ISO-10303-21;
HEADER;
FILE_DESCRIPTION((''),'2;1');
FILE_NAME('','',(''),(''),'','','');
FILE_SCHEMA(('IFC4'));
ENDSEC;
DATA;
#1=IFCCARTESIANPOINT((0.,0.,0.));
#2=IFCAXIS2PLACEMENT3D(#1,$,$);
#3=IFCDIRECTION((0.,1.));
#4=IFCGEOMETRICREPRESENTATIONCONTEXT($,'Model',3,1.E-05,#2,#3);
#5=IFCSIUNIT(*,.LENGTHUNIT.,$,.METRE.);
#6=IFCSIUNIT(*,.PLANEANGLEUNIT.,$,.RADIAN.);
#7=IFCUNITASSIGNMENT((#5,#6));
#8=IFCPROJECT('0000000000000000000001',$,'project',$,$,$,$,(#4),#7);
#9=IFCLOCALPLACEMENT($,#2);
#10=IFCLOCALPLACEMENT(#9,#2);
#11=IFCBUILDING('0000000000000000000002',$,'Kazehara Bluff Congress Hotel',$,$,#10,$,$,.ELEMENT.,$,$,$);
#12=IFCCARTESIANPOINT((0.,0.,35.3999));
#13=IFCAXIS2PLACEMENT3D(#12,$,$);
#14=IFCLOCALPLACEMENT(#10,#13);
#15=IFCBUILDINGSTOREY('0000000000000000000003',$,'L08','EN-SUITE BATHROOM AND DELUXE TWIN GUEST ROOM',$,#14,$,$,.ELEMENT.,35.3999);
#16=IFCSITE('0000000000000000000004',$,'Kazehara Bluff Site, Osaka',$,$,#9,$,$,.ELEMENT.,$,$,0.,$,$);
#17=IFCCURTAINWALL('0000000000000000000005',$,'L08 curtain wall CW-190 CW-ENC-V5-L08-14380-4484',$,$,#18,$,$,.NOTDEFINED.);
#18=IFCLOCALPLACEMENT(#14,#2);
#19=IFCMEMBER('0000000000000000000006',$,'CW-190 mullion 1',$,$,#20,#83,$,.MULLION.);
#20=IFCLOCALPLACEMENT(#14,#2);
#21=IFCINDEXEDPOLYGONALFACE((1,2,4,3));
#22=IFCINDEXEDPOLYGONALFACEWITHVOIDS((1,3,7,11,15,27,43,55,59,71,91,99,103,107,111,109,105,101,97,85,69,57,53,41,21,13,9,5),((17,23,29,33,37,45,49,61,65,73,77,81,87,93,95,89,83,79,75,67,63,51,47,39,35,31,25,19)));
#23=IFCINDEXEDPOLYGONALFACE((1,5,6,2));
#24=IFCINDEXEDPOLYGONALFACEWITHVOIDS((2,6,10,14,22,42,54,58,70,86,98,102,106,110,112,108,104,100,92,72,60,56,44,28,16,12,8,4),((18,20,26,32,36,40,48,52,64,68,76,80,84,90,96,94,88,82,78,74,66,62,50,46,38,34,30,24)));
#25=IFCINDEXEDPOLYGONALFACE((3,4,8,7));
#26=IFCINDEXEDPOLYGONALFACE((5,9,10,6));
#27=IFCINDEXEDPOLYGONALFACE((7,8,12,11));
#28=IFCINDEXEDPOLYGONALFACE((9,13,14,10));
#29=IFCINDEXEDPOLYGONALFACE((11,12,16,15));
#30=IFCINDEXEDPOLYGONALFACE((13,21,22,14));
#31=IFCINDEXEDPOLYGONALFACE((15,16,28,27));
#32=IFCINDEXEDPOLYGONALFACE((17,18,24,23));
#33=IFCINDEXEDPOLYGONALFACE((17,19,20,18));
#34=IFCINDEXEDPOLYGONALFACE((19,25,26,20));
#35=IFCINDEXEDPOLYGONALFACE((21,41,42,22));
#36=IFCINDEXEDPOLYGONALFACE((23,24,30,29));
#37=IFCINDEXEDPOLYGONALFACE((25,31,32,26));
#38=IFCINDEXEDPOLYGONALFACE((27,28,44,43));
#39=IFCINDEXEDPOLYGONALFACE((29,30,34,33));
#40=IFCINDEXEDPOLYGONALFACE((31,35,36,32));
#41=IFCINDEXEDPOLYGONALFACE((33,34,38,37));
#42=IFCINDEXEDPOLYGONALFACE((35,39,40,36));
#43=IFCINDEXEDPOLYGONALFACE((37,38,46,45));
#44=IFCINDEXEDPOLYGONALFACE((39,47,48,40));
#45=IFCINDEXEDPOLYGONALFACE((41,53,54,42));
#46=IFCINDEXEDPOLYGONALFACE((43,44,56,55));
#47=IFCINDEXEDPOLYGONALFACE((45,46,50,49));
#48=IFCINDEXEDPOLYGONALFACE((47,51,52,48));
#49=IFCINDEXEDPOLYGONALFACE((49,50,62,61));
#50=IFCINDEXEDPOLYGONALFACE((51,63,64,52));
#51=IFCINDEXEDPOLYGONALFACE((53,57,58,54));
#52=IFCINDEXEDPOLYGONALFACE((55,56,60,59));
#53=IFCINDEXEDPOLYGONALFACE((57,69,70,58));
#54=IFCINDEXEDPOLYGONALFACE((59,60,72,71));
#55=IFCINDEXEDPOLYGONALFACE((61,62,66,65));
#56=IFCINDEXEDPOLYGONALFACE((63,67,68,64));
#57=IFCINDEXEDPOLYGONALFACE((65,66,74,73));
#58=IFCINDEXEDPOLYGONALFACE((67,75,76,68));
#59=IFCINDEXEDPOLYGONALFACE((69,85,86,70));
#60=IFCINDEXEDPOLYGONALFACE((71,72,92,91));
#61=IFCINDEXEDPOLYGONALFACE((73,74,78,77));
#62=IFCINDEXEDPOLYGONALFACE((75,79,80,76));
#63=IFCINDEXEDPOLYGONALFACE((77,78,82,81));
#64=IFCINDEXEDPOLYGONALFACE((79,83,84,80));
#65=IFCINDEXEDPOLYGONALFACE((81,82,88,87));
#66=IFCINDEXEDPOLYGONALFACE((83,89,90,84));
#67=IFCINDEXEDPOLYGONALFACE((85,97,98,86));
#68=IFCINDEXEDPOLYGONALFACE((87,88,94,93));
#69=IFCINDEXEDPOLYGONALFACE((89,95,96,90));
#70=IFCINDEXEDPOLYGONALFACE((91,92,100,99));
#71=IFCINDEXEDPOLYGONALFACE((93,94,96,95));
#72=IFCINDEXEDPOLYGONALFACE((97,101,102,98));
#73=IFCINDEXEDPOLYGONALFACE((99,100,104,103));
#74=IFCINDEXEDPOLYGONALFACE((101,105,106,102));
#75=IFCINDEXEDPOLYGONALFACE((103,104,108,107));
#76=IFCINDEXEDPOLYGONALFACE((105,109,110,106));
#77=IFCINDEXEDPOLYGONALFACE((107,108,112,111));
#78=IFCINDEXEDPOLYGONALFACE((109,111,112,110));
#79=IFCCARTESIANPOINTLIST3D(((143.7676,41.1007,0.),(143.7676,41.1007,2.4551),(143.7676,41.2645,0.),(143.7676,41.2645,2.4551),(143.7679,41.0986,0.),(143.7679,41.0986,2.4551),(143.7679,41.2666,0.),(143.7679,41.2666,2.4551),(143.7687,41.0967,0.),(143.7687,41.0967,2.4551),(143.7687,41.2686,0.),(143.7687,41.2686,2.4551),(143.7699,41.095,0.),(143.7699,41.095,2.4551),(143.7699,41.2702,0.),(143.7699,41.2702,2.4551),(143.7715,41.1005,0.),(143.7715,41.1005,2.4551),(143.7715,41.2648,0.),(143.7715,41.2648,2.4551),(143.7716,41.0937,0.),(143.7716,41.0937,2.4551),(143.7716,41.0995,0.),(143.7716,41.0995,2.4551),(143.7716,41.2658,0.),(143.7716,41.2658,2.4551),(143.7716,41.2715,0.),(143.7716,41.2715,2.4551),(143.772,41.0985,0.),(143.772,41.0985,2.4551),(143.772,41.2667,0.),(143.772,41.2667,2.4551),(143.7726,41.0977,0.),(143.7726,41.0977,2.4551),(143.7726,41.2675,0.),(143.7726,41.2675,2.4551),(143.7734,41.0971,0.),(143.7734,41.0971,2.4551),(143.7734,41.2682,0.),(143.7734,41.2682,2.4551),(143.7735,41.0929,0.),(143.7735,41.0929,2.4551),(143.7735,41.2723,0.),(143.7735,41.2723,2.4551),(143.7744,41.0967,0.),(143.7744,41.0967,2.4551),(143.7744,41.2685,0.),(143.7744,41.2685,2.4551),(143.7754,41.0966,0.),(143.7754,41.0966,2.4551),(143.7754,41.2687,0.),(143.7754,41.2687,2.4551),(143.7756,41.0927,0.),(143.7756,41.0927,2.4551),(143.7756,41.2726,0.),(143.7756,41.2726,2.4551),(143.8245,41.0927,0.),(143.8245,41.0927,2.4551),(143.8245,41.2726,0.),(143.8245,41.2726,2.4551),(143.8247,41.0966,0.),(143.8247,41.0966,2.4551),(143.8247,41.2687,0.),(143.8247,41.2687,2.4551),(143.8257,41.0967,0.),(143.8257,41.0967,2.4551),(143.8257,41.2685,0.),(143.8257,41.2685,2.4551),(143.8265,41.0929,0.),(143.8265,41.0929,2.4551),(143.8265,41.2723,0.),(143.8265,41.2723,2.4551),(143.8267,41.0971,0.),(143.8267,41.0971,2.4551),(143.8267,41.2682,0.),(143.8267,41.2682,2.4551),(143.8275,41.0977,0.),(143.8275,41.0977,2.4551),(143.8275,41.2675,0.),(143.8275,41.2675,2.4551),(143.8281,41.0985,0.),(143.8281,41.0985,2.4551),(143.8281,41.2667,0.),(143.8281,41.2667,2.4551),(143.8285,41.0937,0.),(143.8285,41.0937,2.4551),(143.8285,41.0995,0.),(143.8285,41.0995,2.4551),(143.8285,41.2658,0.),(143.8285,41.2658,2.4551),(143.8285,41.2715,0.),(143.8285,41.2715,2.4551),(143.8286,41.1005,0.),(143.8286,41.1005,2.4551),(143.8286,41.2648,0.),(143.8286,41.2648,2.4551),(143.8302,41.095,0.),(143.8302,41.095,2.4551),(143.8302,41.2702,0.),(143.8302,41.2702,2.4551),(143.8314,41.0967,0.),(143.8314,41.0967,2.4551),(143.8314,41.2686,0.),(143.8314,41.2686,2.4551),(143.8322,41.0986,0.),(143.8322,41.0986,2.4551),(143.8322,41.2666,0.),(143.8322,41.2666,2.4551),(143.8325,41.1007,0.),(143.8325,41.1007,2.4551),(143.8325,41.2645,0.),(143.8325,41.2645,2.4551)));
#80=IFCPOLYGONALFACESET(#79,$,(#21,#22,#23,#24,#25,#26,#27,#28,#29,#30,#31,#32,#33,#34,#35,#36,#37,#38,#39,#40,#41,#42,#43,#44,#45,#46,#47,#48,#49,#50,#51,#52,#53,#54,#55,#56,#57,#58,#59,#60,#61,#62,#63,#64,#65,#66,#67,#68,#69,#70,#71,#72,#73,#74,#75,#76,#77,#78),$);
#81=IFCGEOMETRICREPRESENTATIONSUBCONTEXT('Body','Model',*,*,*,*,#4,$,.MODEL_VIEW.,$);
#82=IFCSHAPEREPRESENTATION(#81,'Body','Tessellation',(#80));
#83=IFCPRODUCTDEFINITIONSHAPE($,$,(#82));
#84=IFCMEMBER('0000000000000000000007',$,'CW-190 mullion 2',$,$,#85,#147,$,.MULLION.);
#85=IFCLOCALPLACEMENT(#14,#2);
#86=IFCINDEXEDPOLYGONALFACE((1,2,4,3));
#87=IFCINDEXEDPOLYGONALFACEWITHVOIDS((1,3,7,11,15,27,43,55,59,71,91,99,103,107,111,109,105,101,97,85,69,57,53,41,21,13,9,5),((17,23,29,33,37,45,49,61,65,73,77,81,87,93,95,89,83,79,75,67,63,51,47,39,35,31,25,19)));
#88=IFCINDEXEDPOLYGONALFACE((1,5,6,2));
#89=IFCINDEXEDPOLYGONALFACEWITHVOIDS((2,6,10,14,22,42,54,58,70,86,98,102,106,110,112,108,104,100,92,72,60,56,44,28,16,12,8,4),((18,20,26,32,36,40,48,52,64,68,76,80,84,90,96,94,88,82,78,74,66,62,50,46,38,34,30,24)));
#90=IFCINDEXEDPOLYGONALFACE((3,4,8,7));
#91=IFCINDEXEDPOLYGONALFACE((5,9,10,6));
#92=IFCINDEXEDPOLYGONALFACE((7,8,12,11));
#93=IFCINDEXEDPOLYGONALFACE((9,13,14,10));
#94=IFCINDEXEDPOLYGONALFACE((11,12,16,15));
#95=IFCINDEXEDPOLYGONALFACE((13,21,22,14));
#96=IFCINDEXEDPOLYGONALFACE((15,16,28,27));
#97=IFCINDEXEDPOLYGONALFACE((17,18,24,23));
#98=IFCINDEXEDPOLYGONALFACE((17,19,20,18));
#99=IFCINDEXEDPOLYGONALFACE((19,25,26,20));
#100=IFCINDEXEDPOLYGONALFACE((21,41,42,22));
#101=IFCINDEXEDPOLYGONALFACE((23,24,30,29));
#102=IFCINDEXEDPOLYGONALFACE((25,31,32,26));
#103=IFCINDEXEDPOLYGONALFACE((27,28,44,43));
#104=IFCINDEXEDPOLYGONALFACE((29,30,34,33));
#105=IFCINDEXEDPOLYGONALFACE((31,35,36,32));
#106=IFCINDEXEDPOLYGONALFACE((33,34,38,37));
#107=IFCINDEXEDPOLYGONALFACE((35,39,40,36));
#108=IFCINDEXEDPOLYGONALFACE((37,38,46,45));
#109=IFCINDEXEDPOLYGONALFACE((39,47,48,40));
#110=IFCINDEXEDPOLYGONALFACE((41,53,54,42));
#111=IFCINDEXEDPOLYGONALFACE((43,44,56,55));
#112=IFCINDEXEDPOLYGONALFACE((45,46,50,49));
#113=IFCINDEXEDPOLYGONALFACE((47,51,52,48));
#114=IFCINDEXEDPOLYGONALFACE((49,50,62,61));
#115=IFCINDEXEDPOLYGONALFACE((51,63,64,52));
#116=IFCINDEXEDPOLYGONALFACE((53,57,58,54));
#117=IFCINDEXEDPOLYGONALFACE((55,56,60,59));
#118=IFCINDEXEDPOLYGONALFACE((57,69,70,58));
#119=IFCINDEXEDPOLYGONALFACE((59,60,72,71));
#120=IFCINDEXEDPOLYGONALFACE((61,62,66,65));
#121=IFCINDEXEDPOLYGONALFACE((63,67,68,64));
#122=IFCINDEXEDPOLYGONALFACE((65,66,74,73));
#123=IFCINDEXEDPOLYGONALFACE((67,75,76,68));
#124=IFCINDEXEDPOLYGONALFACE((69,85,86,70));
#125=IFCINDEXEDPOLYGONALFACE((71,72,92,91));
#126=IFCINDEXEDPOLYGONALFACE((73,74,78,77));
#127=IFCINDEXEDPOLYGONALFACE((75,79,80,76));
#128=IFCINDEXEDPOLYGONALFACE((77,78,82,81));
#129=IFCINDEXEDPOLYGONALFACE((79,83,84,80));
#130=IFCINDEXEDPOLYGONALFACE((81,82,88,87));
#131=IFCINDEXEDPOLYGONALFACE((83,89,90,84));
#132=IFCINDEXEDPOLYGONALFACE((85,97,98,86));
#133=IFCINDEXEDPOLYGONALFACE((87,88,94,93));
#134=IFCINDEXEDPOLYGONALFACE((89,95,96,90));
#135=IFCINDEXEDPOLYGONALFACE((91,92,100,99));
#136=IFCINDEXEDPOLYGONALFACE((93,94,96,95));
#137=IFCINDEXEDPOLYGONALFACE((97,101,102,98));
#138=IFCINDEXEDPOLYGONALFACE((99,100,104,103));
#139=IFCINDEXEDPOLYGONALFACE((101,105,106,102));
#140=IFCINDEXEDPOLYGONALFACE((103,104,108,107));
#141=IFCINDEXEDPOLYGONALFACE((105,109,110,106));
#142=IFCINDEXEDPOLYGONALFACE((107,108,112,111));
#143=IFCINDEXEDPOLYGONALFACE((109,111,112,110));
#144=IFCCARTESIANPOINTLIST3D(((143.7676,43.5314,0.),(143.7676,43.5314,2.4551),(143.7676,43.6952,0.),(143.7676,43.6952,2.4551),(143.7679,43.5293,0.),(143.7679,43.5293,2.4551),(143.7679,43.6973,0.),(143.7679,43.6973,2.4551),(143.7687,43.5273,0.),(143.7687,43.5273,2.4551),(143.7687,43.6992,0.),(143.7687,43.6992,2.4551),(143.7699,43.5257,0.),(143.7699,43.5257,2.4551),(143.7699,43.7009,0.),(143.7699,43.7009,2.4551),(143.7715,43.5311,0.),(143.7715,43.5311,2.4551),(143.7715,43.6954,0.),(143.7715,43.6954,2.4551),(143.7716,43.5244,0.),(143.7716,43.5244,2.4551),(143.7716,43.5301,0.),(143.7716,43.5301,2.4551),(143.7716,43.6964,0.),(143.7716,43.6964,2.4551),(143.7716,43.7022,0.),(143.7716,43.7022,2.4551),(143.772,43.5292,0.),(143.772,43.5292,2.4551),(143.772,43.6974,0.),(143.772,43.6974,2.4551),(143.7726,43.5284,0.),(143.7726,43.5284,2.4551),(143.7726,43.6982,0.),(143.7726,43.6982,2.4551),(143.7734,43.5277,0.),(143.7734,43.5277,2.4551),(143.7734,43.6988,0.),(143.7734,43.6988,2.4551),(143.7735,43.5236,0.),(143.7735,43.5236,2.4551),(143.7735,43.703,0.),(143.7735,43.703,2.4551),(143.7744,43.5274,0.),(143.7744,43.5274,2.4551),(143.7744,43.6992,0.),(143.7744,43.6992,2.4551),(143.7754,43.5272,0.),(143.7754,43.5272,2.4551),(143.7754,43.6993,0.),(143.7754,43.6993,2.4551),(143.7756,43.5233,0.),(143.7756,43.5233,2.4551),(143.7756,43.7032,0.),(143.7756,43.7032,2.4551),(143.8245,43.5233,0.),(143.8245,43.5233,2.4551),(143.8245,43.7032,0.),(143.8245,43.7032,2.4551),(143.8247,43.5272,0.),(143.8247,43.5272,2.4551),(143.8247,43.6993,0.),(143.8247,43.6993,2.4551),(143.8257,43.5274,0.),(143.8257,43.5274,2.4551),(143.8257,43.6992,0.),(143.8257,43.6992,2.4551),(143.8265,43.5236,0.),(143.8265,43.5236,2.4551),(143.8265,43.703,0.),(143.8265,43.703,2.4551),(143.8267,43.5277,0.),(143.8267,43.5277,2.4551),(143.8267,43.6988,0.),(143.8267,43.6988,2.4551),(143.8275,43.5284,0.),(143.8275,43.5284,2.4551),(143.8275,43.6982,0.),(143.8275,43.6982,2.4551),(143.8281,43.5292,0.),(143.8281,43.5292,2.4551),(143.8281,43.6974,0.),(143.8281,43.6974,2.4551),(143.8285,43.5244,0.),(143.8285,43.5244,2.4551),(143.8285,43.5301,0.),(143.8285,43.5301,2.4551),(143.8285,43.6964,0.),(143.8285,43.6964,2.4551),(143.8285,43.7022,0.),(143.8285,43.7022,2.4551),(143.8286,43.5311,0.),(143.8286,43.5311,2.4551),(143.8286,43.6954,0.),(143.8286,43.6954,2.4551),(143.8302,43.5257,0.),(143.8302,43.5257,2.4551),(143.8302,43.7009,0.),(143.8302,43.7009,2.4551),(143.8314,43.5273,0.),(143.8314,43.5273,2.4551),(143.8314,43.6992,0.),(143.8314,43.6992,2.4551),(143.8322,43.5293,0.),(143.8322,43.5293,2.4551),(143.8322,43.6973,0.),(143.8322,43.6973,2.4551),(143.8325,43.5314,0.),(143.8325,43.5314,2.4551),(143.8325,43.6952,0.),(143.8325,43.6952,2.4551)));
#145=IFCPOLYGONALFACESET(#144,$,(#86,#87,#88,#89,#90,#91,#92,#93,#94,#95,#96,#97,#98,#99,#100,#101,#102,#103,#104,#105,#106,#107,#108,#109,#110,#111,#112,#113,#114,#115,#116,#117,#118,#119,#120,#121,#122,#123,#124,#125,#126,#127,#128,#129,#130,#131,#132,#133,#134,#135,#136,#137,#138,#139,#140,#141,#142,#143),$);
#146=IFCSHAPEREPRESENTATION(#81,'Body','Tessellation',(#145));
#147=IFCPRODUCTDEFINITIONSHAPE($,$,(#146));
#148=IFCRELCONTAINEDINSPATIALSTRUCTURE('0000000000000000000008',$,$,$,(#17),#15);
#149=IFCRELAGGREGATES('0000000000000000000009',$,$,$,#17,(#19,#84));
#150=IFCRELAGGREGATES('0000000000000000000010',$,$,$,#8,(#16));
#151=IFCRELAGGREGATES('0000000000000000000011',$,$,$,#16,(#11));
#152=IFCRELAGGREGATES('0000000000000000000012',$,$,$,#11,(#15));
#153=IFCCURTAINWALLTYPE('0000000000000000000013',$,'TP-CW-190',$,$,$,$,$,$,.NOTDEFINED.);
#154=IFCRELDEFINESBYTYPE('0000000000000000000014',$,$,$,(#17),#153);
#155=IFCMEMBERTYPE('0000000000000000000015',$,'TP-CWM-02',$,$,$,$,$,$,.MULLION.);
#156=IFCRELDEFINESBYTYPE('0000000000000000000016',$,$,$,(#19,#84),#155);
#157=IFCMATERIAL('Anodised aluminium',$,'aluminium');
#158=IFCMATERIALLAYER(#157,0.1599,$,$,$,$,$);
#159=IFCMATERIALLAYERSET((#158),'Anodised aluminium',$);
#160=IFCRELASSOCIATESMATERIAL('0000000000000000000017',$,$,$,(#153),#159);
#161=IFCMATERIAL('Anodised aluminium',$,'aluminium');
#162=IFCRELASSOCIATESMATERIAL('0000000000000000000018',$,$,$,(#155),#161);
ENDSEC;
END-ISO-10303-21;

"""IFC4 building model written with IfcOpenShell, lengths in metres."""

from ifc_helpers import new_model, si_unit, direction, frame, origin, origin_2d, place, context, subcontext, project, spatial, hollow_rectangle, extrude, material, layer, layer_set, material_profile, profile_set, type_object, element, aggregate, save


model = new_model("IFC4")

# Units and contexts
model_context = context("Model", 3, precision=1e-05, world=origin(), true_north=direction((0.0, 1.0)))
body_context = subcontext(model_context, "Body", "Model", "MODEL_VIEW")
ifc_project = project(units=[si_unit("LENGTHUNIT", "METRE"), si_unit("PLANEANGLEUNIT", "RADIAN")], contexts=[model_context])

# Site, building, storey
site_placement = place(None, origin())
site = spatial("IfcSite", under=ifc_project, at=site_placement, Name="Kazehara Bluff Site, Osaka", CompositionType="ELEMENT", RefElevation=0.0)
building_placement = place(site_placement, origin())
building = spatial("IfcBuilding", under=site, at=building_placement, Name="Kazehara Bluff Congress Hotel", CompositionType="ELEMENT")
storey_placement = place(building_placement, frame((0.0, 0.0, 35.3999)))
storey = spatial("IfcBuildingStorey", under=building, at=storey_placement, Name="L08", Description="EN-SUITE BATHROOM AND DELUXE TWIN GUEST ROOM", CompositionType="ELEMENT", Elevation=35.3999)

# Curtain wall, members
ifc_material_1 = material(Name="Anodised aluminium", Category="aluminium")
ifc_layer_1 = layer(ifc_material_1, 0.1599)
ifc_layer_set_1 = layer_set([ifc_layer_1], Name="Anodised aluminium")
curtain_wall_type = type_object("IfcCurtainWallType", Name="TP-CW-190", PredefinedType="NOTDEFINED", material=ifc_layer_set_1)
curtain_wall_placement = place(storey_placement, origin())
curtain_wall = element("IfcCurtainWall", 1, at=curtain_wall_placement, inside=storey, type_object=curtain_wall_type, Name="L08 curtain wall CW-190 CW-ENC-V5-L08-14380-4484", PredefinedType="NOTDEFINED")
ifc_material_2 = material(Name="Anodised aluminium", Category="aluminium")
ifc_material_profile_1 = material_profile(ifc_material_2, hollow_rectangle(XDim=0.0649, YDim=0.1799, WallThickness=0.0039, InnerFilletRadius=0.0039, OuterFilletRadius=0.0081, at=origin_2d()))
ifc_profile_set_1 = profile_set([ifc_material_profile_1], Name="Anodised aluminium")
member_type_1 = type_object("IfcMemberType", Name="TP-CWM-02", PredefinedType="MULLION", material=ifc_profile_set_1)
member_1_placement = place(storey_placement, frame((143.8, 41.1826, 0.0), z_axis=(0.0, 0.0, 1.0), x_axis=(-1.0, 0.0, 0.0)))
member_1 = element("IfcMember", 2, at=member_1_placement, type_object=member_type_1, Name="CW-190 mullion 1", PredefinedType="MULLION", context=body_context, shape_type="SweptSolid", body=[
    extrude(hollow_rectangle(XDim=0.0649, YDim=0.1799, WallThickness=0.0039, InnerFilletRadius=0.0039, OuterFilletRadius=0.0081, at=origin_2d()), origin(), (0.0, 0.0, 1.0), 2.4551),
])
member_2_placement = place(storey_placement, frame((143.8, 43.6133, 0.0), z_axis=(0.0, 0.0, 1.0), x_axis=(-1.0, 0.0, 0.0)))
member_2 = element("IfcMember", 3, at=member_2_placement, type_object=member_type_1, Name="CW-190 mullion 2", PredefinedType="MULLION", context=body_context, shape_type="SweptSolid", body=[
    extrude(hollow_rectangle(XDim=0.0649, YDim=0.1799, WallThickness=0.0039, InnerFilletRadius=0.0039, OuterFilletRadius=0.0081, at=origin_2d()), origin(), (0.0, 0.0, 1.0), 2.4551),
])
aggregate(curtain_wall, [member_1, member_2])

save(model, "model.ifc")
